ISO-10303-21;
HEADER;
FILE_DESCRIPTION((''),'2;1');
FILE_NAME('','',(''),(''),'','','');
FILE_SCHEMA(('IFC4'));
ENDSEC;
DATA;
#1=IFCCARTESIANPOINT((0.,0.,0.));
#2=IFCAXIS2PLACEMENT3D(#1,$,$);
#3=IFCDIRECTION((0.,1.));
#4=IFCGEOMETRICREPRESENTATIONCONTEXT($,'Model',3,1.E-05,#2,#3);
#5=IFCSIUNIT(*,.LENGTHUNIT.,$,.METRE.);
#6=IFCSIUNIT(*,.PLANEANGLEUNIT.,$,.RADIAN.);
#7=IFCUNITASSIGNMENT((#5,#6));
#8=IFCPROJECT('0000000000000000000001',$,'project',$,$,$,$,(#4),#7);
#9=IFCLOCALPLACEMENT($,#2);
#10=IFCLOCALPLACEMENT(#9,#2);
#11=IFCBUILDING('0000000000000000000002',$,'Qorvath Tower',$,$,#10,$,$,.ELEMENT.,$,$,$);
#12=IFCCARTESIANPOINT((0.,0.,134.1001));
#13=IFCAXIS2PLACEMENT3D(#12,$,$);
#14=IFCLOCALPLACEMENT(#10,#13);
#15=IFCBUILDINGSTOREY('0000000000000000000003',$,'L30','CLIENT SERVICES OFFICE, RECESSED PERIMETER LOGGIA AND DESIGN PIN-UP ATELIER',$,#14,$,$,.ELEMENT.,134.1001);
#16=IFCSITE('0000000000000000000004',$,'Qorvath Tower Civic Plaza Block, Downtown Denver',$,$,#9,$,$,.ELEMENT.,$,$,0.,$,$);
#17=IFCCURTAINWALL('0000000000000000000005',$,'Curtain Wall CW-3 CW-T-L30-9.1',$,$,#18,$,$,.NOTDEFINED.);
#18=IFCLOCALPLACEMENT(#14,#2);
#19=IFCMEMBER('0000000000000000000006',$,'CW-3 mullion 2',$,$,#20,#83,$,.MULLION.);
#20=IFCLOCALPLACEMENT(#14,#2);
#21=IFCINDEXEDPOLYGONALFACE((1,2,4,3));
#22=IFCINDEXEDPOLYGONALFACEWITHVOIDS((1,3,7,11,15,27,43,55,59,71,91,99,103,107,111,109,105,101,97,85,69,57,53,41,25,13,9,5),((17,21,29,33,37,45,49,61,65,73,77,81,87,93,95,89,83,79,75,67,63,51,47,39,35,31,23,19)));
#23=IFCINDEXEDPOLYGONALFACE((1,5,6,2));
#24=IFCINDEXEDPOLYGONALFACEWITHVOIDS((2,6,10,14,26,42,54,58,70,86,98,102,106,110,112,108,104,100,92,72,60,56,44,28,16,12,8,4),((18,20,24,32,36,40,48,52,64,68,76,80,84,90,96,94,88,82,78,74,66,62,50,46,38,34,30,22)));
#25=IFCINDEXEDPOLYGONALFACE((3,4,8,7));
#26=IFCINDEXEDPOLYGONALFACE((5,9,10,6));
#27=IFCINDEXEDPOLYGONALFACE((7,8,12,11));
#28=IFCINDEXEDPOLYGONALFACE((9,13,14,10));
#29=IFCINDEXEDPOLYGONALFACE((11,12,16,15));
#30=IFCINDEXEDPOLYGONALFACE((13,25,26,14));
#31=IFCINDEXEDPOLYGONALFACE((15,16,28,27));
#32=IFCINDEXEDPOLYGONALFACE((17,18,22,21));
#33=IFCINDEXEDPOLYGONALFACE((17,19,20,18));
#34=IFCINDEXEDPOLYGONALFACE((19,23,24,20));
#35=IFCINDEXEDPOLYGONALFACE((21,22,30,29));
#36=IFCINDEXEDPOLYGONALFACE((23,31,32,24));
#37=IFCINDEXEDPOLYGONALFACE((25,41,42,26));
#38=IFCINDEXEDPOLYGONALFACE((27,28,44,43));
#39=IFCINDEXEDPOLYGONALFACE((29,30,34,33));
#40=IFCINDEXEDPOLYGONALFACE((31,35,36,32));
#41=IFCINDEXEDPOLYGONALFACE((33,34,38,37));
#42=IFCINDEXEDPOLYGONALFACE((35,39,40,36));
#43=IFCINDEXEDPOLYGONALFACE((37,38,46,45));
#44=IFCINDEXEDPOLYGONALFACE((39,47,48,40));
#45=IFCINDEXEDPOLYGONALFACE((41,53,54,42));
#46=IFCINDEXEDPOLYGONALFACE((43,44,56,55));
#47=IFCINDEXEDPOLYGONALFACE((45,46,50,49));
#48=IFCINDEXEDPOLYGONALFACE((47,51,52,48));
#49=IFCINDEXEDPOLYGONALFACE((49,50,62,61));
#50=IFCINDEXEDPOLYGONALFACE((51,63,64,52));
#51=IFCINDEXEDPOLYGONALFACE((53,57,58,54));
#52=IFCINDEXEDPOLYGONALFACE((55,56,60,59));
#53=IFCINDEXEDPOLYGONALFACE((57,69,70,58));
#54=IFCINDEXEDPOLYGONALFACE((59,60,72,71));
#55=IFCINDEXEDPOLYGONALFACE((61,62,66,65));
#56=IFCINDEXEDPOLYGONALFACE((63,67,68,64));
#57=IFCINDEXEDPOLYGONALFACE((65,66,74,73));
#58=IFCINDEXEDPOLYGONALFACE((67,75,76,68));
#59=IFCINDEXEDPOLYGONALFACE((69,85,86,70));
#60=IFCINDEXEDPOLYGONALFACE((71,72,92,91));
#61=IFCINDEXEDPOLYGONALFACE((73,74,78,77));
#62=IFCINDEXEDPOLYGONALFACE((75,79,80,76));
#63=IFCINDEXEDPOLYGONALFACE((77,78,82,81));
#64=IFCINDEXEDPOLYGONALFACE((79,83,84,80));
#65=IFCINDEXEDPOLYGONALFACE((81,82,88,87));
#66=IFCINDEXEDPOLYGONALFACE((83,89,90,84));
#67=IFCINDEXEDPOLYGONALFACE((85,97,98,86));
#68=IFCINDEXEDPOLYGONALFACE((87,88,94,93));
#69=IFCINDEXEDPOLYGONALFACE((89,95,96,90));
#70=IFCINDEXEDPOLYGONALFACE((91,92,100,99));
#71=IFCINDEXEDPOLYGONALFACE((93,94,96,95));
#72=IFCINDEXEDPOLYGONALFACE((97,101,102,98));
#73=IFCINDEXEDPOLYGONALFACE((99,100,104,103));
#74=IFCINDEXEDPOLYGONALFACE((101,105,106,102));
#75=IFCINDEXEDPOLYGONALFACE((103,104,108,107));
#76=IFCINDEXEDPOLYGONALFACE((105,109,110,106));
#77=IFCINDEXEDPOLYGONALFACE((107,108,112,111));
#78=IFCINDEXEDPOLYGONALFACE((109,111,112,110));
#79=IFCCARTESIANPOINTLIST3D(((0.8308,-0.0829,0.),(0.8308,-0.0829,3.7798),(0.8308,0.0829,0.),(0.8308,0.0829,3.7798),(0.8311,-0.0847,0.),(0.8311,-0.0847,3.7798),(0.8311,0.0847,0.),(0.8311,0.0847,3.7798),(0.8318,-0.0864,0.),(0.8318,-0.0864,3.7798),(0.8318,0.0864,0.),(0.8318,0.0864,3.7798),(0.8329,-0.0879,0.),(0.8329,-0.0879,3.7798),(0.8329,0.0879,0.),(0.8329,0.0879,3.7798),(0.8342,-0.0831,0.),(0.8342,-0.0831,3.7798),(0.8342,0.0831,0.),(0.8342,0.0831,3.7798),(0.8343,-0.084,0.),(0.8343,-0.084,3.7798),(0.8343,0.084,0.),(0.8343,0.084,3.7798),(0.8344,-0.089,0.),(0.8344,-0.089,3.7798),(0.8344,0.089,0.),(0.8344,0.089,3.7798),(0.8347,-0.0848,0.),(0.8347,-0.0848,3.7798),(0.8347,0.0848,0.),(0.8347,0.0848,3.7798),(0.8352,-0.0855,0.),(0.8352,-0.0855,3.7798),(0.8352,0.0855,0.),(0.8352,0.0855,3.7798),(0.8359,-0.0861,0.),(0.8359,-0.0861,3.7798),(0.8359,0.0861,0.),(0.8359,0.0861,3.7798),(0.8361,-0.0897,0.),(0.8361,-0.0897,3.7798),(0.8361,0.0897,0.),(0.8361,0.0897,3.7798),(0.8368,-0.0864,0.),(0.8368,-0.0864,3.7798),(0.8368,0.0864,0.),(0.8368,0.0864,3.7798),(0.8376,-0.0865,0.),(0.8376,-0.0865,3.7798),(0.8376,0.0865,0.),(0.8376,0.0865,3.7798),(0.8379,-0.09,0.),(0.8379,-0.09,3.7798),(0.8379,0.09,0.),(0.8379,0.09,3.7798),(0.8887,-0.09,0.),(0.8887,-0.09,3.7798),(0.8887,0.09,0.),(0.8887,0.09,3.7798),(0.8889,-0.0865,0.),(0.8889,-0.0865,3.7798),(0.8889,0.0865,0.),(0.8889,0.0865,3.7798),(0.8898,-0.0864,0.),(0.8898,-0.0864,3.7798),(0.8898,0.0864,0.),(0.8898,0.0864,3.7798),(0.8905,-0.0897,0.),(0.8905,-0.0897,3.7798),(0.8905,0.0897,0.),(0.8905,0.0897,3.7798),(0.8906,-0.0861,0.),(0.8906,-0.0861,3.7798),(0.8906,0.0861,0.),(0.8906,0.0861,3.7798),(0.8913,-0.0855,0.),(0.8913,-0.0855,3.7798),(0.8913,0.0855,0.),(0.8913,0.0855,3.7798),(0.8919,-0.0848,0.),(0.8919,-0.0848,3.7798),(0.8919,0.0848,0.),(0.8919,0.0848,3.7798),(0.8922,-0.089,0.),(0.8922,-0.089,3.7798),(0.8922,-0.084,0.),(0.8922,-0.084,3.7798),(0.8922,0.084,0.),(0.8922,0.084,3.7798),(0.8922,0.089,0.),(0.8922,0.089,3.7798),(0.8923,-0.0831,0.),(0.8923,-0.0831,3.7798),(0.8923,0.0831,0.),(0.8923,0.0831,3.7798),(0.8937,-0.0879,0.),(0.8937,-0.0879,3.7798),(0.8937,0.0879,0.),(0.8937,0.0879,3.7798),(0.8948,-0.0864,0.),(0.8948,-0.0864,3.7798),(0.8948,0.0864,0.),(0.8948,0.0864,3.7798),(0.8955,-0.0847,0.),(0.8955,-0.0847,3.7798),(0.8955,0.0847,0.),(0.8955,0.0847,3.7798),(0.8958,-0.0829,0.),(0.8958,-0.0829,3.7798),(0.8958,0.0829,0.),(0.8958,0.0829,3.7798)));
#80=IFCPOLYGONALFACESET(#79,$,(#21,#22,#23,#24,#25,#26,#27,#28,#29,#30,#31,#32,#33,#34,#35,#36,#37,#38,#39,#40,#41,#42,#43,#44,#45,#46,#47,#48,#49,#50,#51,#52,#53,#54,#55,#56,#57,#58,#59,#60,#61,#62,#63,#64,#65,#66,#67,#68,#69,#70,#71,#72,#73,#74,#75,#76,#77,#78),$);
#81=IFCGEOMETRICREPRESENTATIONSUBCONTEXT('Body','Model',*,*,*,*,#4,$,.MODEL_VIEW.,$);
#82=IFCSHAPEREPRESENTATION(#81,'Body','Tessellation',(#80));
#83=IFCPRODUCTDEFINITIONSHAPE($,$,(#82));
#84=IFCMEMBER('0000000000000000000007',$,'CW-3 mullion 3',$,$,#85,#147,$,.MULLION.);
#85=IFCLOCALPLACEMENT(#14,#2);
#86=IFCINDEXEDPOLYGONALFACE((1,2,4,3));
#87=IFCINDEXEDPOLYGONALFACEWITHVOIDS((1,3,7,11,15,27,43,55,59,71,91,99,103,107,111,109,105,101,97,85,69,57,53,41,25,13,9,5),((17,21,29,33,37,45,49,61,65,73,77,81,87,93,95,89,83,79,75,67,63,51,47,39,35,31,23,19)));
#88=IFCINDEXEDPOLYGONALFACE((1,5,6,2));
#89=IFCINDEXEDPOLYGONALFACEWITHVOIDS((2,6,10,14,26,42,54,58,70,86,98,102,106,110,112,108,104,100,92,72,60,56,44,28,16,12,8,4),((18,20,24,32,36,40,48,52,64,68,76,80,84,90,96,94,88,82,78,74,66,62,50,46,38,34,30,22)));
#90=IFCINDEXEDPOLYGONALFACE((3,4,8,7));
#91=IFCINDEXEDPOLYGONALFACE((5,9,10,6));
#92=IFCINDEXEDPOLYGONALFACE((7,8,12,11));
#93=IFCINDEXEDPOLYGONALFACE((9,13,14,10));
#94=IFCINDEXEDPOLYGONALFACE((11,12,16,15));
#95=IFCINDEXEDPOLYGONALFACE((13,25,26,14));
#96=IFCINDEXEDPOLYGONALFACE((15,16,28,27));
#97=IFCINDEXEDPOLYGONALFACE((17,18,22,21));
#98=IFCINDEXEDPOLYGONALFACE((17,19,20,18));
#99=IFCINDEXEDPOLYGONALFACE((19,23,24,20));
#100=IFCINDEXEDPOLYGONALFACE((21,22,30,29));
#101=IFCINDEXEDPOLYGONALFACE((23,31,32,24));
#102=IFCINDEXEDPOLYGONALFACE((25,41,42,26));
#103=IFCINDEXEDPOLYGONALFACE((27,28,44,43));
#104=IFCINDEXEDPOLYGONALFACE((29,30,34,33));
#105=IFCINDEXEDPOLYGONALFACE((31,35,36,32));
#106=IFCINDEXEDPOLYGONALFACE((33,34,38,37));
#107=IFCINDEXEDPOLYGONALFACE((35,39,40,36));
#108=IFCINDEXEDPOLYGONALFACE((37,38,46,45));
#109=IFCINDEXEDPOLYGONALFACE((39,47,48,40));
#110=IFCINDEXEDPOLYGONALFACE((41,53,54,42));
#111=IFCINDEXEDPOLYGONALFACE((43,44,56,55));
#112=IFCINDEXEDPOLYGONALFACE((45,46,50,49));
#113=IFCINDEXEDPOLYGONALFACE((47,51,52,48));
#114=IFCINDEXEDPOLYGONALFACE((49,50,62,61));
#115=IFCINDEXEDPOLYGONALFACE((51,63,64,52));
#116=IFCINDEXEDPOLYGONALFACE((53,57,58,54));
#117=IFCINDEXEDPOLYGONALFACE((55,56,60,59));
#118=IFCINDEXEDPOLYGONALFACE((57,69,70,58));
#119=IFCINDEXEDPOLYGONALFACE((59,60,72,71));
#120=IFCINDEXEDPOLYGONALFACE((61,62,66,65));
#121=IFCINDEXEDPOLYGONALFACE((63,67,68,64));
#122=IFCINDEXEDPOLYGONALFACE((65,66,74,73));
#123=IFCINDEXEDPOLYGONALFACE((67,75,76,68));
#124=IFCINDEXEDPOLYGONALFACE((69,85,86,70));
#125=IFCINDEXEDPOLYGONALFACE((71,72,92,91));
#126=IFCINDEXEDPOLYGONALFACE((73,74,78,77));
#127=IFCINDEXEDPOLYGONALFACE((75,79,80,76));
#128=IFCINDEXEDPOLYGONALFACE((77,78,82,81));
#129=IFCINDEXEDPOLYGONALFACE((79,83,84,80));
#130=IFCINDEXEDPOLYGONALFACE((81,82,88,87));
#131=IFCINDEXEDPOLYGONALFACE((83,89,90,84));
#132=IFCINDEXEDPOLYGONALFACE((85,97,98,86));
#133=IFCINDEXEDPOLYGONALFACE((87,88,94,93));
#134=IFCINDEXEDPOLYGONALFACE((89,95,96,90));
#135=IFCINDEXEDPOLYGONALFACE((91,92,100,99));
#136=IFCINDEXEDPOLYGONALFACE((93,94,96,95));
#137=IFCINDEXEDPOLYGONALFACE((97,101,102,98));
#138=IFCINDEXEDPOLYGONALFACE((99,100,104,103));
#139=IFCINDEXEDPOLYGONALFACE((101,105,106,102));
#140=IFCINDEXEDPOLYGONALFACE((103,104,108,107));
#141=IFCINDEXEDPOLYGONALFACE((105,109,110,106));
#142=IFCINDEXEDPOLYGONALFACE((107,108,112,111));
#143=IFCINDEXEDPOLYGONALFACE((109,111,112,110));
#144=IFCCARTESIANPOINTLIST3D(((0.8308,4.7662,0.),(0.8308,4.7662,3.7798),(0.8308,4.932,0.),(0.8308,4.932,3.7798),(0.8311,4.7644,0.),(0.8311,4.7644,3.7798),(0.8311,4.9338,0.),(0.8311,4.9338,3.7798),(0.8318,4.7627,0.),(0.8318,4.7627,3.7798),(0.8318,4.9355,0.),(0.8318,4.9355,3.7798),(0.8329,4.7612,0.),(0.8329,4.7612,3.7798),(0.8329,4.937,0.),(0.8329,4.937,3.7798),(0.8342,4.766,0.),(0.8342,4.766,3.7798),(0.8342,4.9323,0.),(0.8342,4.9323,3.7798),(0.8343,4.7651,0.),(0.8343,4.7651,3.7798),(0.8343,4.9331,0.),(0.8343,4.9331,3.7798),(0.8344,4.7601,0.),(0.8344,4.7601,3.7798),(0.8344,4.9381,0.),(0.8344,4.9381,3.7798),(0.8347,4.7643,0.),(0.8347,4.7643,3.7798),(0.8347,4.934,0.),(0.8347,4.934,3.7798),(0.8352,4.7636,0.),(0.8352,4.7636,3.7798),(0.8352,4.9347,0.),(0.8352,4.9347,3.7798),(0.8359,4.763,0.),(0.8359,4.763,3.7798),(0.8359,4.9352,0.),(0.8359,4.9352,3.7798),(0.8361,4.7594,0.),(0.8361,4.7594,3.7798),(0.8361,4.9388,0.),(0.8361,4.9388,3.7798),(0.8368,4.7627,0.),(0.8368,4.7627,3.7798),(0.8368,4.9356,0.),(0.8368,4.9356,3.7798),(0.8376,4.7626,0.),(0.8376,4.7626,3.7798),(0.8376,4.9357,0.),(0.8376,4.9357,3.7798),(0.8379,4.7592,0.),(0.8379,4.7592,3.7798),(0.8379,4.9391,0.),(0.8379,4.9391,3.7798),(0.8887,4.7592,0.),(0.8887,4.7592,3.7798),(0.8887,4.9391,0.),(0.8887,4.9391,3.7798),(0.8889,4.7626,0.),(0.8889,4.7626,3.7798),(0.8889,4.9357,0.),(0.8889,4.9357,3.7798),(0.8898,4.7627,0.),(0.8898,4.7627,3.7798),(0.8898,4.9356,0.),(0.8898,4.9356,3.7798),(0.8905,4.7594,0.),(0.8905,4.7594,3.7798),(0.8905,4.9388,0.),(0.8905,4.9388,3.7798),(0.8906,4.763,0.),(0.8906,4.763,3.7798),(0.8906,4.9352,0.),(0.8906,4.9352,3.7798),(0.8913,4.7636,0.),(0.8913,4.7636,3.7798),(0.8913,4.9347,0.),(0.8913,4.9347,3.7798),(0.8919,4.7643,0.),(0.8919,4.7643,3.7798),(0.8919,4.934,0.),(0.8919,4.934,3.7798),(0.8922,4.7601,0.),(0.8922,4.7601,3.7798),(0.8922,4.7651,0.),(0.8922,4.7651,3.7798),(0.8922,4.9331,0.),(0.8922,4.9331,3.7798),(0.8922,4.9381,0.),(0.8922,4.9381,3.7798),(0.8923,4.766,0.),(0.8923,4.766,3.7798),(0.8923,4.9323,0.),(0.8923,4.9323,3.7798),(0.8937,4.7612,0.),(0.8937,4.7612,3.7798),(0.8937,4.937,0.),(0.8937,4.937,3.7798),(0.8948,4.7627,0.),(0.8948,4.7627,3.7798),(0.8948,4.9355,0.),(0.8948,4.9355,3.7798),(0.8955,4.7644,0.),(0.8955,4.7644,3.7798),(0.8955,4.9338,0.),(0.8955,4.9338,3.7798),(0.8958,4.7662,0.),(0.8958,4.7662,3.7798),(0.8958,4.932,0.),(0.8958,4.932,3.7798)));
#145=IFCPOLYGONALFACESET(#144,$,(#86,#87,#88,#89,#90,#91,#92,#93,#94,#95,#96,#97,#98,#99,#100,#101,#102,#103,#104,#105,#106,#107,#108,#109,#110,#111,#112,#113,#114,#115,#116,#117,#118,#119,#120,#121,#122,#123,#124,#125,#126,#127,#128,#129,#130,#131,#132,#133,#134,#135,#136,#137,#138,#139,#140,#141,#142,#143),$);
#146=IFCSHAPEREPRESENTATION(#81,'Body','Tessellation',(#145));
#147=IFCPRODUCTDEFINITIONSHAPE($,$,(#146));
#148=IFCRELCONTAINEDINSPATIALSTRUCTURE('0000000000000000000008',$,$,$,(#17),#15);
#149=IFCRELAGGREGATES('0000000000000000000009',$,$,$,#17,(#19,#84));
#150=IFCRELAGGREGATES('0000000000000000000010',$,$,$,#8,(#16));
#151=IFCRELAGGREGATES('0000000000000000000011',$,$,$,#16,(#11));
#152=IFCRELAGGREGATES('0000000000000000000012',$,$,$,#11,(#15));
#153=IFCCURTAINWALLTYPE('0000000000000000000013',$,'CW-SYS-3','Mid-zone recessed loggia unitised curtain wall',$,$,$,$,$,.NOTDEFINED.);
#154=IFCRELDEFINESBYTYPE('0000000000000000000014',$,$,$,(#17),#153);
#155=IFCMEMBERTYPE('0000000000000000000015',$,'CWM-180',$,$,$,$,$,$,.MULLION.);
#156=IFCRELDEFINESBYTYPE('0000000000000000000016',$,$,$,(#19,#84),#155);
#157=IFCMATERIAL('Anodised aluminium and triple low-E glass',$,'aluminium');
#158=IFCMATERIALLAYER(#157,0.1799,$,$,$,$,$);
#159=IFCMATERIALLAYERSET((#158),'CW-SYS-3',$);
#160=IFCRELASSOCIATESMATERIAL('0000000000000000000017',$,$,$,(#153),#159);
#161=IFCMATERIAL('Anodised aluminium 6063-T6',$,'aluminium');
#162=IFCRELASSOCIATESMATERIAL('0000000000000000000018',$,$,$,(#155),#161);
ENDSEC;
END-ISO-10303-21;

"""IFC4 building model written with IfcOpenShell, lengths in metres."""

from ifc_helpers import new_model, si_unit, direction, frame, origin, origin_2d, place, context, subcontext, project, spatial, hollow_rectangle, extrude, material, layer, layer_set, material_profile, profile_set, type_object, element, aggregate, save


model = new_model("IFC4")

# Units and contexts
model_context = context("Model", 3, precision=1e-05, world=origin(), true_north=direction((0.0, 1.0)))
body_context = subcontext(model_context, "Body", "Model", "MODEL_VIEW")
ifc_project = project(units=[si_unit("LENGTHUNIT", "METRE"), si_unit("PLANEANGLEUNIT", "RADIAN")], contexts=[model_context])

# Site, building, storey
site_placement = place(None, origin())
site = spatial("IfcSite", under=ifc_project, at=site_placement, Name="Qorvath Tower Civic Plaza Block, Downtown Denver", CompositionType="ELEMENT", RefElevation=0.0)
building_placement = place(site_placement, origin())
building = spatial("IfcBuilding", under=site, at=building_placement, Name="Qorvath Tower", CompositionType="ELEMENT")
storey_placement = place(building_placement, frame((0.0, 0.0, 134.1001)))
storey = spatial("IfcBuildingStorey", under=building, at=storey_placement, Name="L30", Description="CLIENT SERVICES OFFICE, RECESSED PERIMETER LOGGIA AND DESIGN PIN-UP ATELIER", CompositionType="ELEMENT", Elevation=134.1001)

# Curtain wall, members
ifc_material_1 = material(Name="Anodised aluminium and triple low-E glass", Category="aluminium")
ifc_layer_1 = layer(ifc_material_1, 0.1799)
ifc_layer_set_1 = layer_set([ifc_layer_1], Name="CW-SYS-3")
curtain_wall_type = type_object("IfcCurtainWallType", Name="CW-SYS-3", Description="Mid-zone recessed loggia unitised curtain wall", PredefinedType="NOTDEFINED", material=ifc_layer_set_1)
curtain_wall_1_placement = place(storey_placement, origin())
curtain_wall_1 = element("IfcCurtainWall", 1, at=curtain_wall_1_placement, inside=storey, type_object=curtain_wall_type, Name="Curtain Wall CW-3 CW-T-L30-9.1", PredefinedType="NOTDEFINED")
ifc_material_2 = material(Name="Anodised aluminium 6063-T6", Category="aluminium")
ifc_material_profile_1 = material_profile(ifc_material_2, hollow_rectangle(XDim=0.0649, YDim=0.1799, WallThickness=0.0034, InnerFilletRadius=0.0034, OuterFilletRadius=0.0071, at=origin_2d()), Name="CWM 180x65")
ifc_profile_set_1 = profile_set([ifc_material_profile_1], Name="Anodised aluminium 6063-T6")
member_type_1 = type_object("IfcMemberType", Name="CWM-180", PredefinedType="MULLION", material=ifc_profile_set_1)
member_1_placement = place(storey_placement, frame((0.8633, 0.0, 0.0), z_axis=(0.0, 0.0, 1.0), x_axis=(-1.0, 0.0, 0.0)))
member_1 = element("IfcMember", 2, at=member_1_placement, type_object=member_type_1, Name="CW-3 mullion 2", PredefinedType="MULLION", context=body_context, shape_type="SweptSolid", body=[
    extrude(hollow_rectangle(XDim=0.0649, YDim=0.1799, WallThickness=0.0034, InnerFilletRadius=0.0034, OuterFilletRadius=0.0071, at=origin_2d()), origin(), (0.0, 0.0, 1.0), 3.7798),
])
member_2_placement = place(storey_placement, frame((0.8633, 4.8491, 0.0), z_axis=(0.0, 0.0, 1.0), x_axis=(-1.0, 0.0, 0.0)))
member_2 = element("IfcMember", 3, at=member_2_placement, type_object=member_type_1, Name="CW-3 mullion 3", PredefinedType="MULLION", context=body_context, shape_type="SweptSolid", body=[
    extrude(hollow_rectangle(XDim=0.0649, YDim=0.1799, WallThickness=0.0034, InnerFilletRadius=0.0034, OuterFilletRadius=0.0071, at=origin_2d()), origin(), (0.0, 0.0, 1.0), 3.7798),
])

aggregate(curtain_wall_1, [member_1, member_2])

save(model, "model.ifc")
